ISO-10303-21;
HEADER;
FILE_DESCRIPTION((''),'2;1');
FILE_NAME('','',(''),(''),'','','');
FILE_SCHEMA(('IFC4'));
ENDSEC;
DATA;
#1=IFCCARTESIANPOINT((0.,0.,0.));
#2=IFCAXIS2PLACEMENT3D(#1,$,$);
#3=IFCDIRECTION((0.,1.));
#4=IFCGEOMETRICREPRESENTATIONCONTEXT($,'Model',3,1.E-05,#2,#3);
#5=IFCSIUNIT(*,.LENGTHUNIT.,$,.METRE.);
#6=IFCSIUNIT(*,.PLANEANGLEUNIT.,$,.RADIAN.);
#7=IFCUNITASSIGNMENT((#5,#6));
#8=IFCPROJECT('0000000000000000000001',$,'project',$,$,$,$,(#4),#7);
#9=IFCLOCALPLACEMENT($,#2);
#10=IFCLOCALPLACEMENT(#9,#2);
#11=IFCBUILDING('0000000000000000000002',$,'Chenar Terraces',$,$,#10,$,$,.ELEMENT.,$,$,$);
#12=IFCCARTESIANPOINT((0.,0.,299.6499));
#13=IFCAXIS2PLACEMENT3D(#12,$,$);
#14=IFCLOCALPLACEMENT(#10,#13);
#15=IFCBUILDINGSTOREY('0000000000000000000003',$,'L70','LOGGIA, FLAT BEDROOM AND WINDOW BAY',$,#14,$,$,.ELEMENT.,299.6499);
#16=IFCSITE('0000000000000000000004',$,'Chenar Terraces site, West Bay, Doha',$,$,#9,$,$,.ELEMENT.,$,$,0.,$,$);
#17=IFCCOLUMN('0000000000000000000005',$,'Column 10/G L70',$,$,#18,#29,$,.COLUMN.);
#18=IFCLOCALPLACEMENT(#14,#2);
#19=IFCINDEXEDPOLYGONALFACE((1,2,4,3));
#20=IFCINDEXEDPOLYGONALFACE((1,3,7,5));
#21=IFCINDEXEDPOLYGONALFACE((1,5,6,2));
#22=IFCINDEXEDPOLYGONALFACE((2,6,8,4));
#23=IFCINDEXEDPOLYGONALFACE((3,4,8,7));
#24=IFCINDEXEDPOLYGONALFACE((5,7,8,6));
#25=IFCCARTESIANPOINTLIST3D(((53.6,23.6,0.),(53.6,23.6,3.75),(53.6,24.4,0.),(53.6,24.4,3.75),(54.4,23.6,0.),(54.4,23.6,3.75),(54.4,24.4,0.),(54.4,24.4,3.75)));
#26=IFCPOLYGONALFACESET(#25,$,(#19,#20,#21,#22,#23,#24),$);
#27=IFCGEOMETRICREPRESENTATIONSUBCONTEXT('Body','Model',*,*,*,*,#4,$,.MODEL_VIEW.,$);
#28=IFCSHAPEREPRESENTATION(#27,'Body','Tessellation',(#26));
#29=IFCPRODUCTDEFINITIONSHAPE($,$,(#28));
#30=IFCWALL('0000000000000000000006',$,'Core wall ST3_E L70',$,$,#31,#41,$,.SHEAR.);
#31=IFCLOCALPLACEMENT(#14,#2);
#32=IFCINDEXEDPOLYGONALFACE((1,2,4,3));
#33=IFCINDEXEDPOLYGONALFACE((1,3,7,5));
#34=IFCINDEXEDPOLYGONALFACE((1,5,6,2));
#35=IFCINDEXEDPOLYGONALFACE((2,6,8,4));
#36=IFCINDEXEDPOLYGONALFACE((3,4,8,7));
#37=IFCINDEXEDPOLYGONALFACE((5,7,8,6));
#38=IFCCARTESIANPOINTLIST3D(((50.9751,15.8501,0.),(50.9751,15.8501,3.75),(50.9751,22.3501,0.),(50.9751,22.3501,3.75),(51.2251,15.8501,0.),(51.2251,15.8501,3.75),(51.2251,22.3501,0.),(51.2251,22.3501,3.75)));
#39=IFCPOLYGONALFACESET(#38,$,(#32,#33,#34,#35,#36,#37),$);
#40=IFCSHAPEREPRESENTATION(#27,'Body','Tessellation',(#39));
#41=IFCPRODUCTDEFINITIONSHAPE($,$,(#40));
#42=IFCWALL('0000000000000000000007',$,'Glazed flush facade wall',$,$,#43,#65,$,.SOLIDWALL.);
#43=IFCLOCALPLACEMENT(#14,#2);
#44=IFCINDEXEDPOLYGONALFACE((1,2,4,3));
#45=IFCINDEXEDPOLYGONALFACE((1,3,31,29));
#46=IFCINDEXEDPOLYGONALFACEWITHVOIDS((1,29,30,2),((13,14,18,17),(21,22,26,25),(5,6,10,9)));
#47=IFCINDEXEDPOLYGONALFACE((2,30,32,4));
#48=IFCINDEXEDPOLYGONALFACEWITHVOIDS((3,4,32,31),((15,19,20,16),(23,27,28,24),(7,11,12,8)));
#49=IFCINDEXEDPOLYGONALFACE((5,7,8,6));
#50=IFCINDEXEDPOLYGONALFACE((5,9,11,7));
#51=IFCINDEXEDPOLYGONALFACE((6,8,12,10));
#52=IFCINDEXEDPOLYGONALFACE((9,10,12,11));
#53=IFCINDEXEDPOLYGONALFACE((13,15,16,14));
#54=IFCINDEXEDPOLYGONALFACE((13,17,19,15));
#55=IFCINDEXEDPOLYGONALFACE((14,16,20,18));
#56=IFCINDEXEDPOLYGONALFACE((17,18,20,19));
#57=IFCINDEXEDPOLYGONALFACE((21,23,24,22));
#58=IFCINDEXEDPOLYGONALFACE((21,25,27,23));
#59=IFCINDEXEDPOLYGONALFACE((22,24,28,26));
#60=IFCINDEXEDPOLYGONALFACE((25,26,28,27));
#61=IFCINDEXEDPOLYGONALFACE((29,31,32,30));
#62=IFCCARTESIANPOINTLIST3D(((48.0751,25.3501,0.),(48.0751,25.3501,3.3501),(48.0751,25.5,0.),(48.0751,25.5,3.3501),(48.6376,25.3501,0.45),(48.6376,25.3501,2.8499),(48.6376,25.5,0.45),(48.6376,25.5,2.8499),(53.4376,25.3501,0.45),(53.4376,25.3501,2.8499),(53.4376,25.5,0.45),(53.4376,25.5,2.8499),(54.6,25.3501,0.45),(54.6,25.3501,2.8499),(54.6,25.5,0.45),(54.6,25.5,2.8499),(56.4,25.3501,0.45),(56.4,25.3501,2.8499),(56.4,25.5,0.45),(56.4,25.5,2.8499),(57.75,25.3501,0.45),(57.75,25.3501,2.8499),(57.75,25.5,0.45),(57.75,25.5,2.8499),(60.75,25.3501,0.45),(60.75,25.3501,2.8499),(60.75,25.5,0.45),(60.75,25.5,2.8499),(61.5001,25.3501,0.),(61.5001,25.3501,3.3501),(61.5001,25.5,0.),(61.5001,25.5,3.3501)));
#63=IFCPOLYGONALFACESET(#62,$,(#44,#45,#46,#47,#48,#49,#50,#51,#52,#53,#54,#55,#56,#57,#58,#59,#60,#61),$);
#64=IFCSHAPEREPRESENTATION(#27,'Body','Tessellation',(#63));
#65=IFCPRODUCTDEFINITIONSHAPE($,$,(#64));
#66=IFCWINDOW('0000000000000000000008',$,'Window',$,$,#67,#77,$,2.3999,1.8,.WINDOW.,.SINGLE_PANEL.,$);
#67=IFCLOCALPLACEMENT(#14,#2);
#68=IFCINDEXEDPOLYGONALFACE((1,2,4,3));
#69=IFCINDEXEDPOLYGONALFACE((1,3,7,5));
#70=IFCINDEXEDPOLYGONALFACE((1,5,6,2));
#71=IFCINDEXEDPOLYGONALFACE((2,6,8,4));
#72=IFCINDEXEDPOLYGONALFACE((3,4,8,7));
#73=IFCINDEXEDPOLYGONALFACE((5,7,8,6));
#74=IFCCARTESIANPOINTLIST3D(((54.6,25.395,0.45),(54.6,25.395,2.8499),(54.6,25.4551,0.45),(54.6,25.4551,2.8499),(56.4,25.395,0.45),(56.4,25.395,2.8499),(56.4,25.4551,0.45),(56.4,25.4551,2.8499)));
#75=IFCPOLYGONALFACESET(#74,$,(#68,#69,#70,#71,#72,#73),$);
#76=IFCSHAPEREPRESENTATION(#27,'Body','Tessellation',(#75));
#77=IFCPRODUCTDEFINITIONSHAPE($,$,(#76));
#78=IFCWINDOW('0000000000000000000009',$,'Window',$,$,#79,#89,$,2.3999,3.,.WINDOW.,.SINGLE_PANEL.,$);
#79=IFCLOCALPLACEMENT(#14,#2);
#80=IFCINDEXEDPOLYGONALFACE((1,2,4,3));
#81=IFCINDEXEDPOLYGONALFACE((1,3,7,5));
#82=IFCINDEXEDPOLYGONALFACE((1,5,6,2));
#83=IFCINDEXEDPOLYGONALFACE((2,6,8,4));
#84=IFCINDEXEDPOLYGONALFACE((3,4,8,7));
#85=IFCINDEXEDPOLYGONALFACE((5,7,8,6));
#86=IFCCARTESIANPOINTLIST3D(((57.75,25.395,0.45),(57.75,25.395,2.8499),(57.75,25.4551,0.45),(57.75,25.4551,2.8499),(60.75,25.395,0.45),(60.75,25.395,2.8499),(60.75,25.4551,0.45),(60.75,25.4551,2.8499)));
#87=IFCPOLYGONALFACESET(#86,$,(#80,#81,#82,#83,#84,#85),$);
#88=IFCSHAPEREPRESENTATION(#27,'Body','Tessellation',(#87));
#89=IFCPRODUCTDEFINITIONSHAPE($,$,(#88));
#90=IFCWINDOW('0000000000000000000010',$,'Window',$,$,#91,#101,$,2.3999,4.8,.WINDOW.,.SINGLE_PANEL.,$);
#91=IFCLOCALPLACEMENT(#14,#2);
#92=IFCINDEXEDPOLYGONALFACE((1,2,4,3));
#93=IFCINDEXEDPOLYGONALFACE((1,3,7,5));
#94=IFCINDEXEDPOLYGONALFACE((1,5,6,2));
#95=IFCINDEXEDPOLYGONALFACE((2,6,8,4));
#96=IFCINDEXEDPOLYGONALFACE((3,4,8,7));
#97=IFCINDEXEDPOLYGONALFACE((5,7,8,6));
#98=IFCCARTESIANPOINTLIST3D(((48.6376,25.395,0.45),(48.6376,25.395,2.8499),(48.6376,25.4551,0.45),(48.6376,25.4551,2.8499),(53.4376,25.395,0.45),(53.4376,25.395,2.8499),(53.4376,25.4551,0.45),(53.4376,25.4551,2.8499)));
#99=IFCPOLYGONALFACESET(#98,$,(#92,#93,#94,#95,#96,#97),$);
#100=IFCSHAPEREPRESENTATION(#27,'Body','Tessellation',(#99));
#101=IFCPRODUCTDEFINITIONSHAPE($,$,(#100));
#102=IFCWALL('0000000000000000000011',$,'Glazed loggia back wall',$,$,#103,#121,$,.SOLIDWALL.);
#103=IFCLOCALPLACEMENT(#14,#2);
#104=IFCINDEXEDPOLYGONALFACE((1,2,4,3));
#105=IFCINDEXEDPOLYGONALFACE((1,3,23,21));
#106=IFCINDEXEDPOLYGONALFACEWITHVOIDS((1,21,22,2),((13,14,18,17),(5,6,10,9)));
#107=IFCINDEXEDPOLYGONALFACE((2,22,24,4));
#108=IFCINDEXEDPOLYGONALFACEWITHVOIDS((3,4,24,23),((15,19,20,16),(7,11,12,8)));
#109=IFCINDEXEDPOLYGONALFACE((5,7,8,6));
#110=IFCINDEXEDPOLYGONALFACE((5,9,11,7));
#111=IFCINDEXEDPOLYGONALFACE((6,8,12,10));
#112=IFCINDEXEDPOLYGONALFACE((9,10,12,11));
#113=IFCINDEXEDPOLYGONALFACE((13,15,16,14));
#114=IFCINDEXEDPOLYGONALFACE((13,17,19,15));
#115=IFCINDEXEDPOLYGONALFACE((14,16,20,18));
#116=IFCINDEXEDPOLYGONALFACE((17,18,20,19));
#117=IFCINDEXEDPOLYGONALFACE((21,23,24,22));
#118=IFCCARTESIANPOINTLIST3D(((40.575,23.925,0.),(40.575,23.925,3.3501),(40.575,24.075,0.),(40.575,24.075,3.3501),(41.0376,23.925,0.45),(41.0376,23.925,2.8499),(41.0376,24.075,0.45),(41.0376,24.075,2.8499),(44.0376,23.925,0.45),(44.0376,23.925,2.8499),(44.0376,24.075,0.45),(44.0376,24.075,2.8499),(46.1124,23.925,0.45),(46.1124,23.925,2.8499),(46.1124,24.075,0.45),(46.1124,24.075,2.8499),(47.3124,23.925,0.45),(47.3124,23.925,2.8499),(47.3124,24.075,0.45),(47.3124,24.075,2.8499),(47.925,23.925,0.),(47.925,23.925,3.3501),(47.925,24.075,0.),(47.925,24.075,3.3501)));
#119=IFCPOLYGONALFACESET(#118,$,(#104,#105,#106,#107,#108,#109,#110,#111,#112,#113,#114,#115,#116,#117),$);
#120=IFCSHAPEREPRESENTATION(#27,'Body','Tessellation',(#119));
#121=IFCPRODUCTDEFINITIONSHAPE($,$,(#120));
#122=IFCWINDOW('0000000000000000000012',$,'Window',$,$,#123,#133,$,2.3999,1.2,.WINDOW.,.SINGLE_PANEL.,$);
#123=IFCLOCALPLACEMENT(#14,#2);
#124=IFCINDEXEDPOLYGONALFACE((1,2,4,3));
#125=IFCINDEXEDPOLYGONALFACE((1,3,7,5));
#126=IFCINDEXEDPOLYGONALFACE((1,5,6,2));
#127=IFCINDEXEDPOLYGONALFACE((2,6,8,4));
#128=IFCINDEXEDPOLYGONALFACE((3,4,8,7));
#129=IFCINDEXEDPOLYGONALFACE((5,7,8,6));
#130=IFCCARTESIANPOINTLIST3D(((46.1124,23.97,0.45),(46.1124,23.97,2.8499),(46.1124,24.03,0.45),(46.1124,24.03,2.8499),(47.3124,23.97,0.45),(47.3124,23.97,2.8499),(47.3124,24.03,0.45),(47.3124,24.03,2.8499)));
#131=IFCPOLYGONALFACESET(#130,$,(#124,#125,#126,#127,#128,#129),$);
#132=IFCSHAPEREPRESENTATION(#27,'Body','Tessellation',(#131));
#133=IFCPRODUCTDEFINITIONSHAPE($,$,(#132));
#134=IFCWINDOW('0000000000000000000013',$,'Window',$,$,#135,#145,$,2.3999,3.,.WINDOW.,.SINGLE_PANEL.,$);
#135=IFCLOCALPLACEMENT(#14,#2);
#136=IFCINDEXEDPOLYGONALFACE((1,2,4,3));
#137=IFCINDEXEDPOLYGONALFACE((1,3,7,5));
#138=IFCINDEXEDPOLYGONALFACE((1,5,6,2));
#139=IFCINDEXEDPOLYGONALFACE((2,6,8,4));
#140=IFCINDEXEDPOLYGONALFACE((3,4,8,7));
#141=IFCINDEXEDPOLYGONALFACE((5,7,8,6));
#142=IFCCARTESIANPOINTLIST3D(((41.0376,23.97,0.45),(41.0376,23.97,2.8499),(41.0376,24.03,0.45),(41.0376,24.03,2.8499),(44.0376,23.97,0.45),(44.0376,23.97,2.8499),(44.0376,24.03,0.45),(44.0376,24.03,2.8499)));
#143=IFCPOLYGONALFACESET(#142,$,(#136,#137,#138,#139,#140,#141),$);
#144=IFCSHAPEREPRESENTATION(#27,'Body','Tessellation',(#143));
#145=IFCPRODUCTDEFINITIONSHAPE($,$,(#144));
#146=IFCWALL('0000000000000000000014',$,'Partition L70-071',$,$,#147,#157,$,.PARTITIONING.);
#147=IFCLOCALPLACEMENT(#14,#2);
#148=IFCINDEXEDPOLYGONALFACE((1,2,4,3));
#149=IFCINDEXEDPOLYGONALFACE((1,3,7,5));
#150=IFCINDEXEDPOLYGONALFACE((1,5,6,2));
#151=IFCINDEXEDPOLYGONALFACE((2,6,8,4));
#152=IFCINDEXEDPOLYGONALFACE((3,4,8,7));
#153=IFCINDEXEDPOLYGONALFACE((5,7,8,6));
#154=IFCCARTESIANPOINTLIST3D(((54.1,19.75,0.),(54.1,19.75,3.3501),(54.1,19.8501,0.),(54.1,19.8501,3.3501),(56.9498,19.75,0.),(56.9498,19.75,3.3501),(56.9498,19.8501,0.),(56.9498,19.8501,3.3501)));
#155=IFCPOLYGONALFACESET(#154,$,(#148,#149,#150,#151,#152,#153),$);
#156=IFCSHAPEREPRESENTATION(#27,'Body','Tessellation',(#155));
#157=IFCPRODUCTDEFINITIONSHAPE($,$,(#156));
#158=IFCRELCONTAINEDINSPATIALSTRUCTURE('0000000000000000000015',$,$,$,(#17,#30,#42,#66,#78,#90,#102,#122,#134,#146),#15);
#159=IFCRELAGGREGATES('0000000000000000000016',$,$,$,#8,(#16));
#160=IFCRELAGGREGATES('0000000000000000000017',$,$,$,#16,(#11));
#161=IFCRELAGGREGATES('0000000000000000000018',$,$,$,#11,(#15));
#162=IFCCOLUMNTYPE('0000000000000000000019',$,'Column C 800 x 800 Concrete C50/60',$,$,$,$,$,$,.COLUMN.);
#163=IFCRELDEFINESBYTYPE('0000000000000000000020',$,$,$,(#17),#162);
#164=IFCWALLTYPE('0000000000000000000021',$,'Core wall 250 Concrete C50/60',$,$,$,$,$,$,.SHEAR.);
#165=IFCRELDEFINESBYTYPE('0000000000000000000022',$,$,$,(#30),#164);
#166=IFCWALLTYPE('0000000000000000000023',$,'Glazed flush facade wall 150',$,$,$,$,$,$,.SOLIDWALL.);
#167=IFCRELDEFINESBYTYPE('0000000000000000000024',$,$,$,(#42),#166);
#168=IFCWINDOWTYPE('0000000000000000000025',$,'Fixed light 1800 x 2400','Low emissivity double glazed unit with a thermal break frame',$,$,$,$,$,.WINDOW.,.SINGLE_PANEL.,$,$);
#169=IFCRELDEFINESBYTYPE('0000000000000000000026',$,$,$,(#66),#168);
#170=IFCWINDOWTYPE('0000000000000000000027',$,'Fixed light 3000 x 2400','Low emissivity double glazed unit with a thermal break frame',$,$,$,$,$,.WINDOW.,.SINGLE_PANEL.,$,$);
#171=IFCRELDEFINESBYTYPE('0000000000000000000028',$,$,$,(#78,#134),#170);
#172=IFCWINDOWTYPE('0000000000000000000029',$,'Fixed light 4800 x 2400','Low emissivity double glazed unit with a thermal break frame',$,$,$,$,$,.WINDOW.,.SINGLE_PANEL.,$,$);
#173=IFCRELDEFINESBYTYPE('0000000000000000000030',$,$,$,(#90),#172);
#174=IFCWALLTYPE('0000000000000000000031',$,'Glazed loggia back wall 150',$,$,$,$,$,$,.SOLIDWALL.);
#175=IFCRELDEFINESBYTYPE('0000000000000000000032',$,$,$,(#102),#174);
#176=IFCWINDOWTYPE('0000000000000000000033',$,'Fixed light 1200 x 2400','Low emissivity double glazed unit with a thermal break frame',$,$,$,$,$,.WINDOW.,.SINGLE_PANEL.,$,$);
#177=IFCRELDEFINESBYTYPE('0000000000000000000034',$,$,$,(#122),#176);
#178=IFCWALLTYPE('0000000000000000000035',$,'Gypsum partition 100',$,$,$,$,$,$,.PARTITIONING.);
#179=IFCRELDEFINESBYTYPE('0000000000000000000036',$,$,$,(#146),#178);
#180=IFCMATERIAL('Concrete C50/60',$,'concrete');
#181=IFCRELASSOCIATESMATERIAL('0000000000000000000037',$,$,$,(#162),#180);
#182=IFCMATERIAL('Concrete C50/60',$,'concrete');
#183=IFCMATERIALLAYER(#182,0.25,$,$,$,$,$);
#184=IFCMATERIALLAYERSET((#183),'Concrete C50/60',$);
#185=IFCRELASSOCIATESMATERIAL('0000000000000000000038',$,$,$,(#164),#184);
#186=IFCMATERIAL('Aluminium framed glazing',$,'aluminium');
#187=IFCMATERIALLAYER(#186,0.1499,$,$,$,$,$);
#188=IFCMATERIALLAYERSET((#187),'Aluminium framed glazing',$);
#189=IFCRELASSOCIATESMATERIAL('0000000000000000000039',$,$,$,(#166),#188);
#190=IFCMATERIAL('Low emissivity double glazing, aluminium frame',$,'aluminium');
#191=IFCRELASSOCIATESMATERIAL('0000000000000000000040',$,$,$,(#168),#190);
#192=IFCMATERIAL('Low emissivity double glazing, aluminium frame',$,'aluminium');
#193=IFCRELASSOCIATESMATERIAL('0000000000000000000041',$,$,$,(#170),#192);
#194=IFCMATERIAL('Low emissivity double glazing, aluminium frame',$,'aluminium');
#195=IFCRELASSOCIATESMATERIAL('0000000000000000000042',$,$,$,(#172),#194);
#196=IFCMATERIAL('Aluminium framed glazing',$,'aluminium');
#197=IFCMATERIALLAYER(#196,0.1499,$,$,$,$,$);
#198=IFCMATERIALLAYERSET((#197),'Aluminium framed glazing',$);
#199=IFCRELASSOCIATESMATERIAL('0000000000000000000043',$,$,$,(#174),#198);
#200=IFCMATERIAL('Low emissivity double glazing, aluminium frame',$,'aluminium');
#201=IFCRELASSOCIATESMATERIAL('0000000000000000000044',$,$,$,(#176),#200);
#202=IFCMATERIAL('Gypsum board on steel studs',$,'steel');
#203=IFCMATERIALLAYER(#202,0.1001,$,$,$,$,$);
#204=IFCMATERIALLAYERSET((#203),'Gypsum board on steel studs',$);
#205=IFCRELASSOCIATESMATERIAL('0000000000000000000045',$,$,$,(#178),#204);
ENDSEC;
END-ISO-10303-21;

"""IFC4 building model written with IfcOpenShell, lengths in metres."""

from ifc_helpers import new_model, si_unit, direction, frame, frame_2d, origin, origin_2d, place, context, subcontext, project, spatial, rectangle, extrude, material, layer, layer_set, material_profile, profile_set, type_object, element, fill, save


model = new_model("IFC4")

# Units and contexts
model_context = context("Model", 3, precision=1e-05, world=origin(), true_north=direction((0.0, 1.0)))
body_context = subcontext(model_context, "Body", "Model", "MODEL_VIEW")
ifc_project = project(units=[si_unit("LENGTHUNIT", "METRE"), si_unit("PLANEANGLEUNIT", "RADIAN")], contexts=[model_context])

# Site, building, storey
site_placement = place(None, origin())
site = spatial("IfcSite", under=ifc_project, at=site_placement, Name="Chenar Terraces site, West Bay, Doha", CompositionType="ELEMENT", RefElevation=0.0)
building_placement = place(site_placement, origin())
building = spatial("IfcBuilding", under=site, at=building_placement, Name="Chenar Terraces", CompositionType="ELEMENT")
storey_placement = place(building_placement, frame((0.0, 0.0, 299.6499)))
storey = spatial("IfcBuildingStorey", under=building, at=storey_placement, Name="L70", Description="LOGGIA, FLAT BEDROOM AND WINDOW BAY", CompositionType="ELEMENT", Elevation=299.6499)

# Column
ifc_material_1 = material(Name="Concrete C50/60", Category="concrete")
ifc_material_profile = material_profile(ifc_material_1, rectangle(XDim=0.8, YDim=0.8, at=origin_2d()), Name="C 800 x 800")
ifc_profile_set = profile_set([ifc_material_profile], Name="Concrete C50/60")
column_type = type_object("IfcColumnType", Name="Column C 800 x 800 Concrete C50/60", PredefinedType="COLUMN", material=ifc_profile_set)
column_placement = place(storey_placement, frame((54.0, 24.0, 0.0), z_axis=(0.0, 0.0, 1.0), x_axis=(1.0, 0.0, 0.0)))
element("IfcColumn", 1, at=column_placement, inside=storey, type_object=column_type, Name="Column 10/G L70", PredefinedType="COLUMN", context=body_context, shape_type="SweptSolid", body=[
    extrude(rectangle(XDim=0.8, YDim=0.8, at=origin_2d()), origin(), (0.0, 0.0, 1.0), 3.75),
])

# Wall
ifc_material_2 = material(Name="Concrete C50/60", Category="concrete")
ifc_layer_1 = layer(ifc_material_2, 0.25)
ifc_layer_set_1 = layer_set([ifc_layer_1], Name="Concrete C50/60")
wall_type_1 = type_object("IfcWallType", Name="Core wall 250 Concrete C50/60", PredefinedType="SHEAR", material=ifc_layer_set_1)
wall_1_placement = place(storey_placement, frame((51.1001, 15.8501, 0.0), z_axis=(0.0, 0.0, 1.0), x_axis=(0.0, 1.0, 0.0)))
element("IfcWall", 2, at=wall_1_placement, inside=storey, type_object=wall_type_1, Name="Core wall ST3_E L70", PredefinedType="SHEAR", context=body_context, shape_type="SweptSolid", body=[
    extrude(rectangle(XDim=6.5, YDim=0.25, at=frame_2d((3.25, 0.0))), origin(), (0.0, 0.0, 1.0), 3.75),
])

# Walls, openings, windows
ifc_material_3 = material(Name="Aluminium framed glazing", Category="aluminium")
ifc_layer_2 = layer(ifc_material_3, 0.1499)
ifc_layer_set_2 = layer_set([ifc_layer_2], Name="Aluminium framed glazing")
wall_type_2 = type_object("IfcWallType", Name="Glazed flush facade wall 150", PredefinedType="SOLIDWALL", material=ifc_layer_set_2)
wall_2_placement = place(storey_placement, frame((61.5, 25.425, 0.0), z_axis=(0.0, 0.0, 1.0), x_axis=(-1.0, 0.0, 0.0)))
wall_2 = element("IfcWall", 3, at=wall_2_placement, inside=storey, type_object=wall_type_2, Name="Glazed flush facade wall", PredefinedType="SOLIDWALL", context=body_context, shape_type="SweptSolid", body=[
    extrude(rectangle(XDim=13.425, YDim=0.1499, at=frame_2d((6.7124, 0.0))), origin(), (0.0, 0.0, 1.0), 3.3501),
])
opening_1_placement = place(wall_2_placement, frame((0.75, 0.0, 0.45)))
opening_1 = element("IfcOpeningElement", 4, at=opening_1_placement, cuts=wall_2, PredefinedType="OPENING", context=body_context, shape_type="SweptSolid", body=[
    extrude(rectangle(XDim=3.0, YDim=2.3999, at=frame_2d((1.5, 1.2))), frame((0.0, 0.085, 0.0), z_axis=(0.0, -1.0, 0.0), x_axis=(1.0, 0.0, 0.0)), (0.0, 0.0, 1.0), 0.1699),
])
opening_2_placement = place(wall_2_placement, frame((5.1001, 0.0, 0.45)))
opening_2 = element("IfcOpeningElement", 5, at=opening_2_placement, cuts=wall_2, PredefinedType="OPENING", context=body_context, shape_type="SweptSolid", body=[
    extrude(rectangle(XDim=1.8, YDim=2.3999, at=frame_2d((0.8999, 1.2))), frame((0.0, 0.085, 0.0), z_axis=(0.0, -1.0, 0.0), x_axis=(1.0, 0.0, 0.0)), (0.0, 0.0, 1.0), 0.1699),
])
opening_3_placement = place(wall_2_placement, frame((8.0625, 0.0, 0.45)))
opening_3 = element("IfcOpeningElement", 6, at=opening_3_placement, cuts=wall_2, PredefinedType="OPENING", context=body_context, shape_type="SweptSolid", body=[
    extrude(rectangle(XDim=4.8, YDim=2.3999, at=frame_2d((2.3999, 1.2))), frame((0.0, 0.085, 0.0), z_axis=(0.0, -1.0, 0.0), x_axis=(1.0, 0.0, 0.0)), (0.0, 0.0, 1.0), 0.1699),
])
ifc_material_4 = material(Name="Low emissivity double glazing, aluminium frame", Category="aluminium")
window_type_1 = type_object("IfcWindowType", Name="Fixed light 1800 x 2400", Description="Low emissivity double glazed unit with a thermal break frame", PartitioningType="SINGLE_PANEL", PredefinedType="WINDOW", material=ifc_material_4)
window_1_placement = place(opening_2_placement, origin())
window_1 = element("IfcWindow", 7, at=window_1_placement, inside=storey, type_object=window_type_1, Name="Window", OverallHeight=2.3999, OverallWidth=1.8, PartitioningType="SINGLE_PANEL", PredefinedType="WINDOW", context=body_context, shape_type="SweptSolid", body=[
    extrude(rectangle(XDim=1.8, YDim=2.3999, at=frame_2d((0.8999, 1.2))), frame((0.0, 0.03, 0.0), z_axis=(0.0, -1.0, 0.0), x_axis=(1.0, 0.0, 0.0)), (0.0, 0.0, 1.0), 0.0601),
])
fill(opening_2, window_1)
ifc_material_5 = material(Name="Low emissivity double glazing, aluminium frame", Category="aluminium")
window_type_2 = type_object("IfcWindowType", Name="Fixed light 3000 x 2400", Description="Low emissivity double glazed unit with a thermal break frame", PartitioningType="SINGLE_PANEL", PredefinedType="WINDOW", material=ifc_material_5)
window_2_placement = place(opening_1_placement, origin())
window_2 = element("IfcWindow", 8, at=window_2_placement, inside=storey, type_object=window_type_2, Name="Window", OverallHeight=2.3999, OverallWidth=3.0, PartitioningType="SINGLE_PANEL", PredefinedType="WINDOW", context=body_context, shape_type="SweptSolid", body=[
    extrude(rectangle(XDim=3.0, YDim=2.3999, at=frame_2d((1.5, 1.2))), frame((0.0, 0.03, 0.0), z_axis=(0.0, -1.0, 0.0), x_axis=(1.0, 0.0, 0.0)), (0.0, 0.0, 1.0), 0.0601),
])
fill(opening_1, window_2)
ifc_material_6 = material(Name="Low emissivity double glazing, aluminium frame", Category="aluminium")
window_type_3 = type_object("IfcWindowType", Name="Fixed light 4800 x 2400", Description="Low emissivity double glazed unit with a thermal break frame", PartitioningType="SINGLE_PANEL", PredefinedType="WINDOW", material=ifc_material_6)
window_3_placement = place(opening_3_placement, origin())
window_3 = element("IfcWindow", 9, at=window_3_placement, inside=storey, type_object=window_type_3, Name="Window", OverallHeight=2.3999, OverallWidth=4.8, PartitioningType="SINGLE_PANEL", PredefinedType="WINDOW", context=body_context, shape_type="SweptSolid", body=[
    extrude(rectangle(XDim=4.8, YDim=2.3999, at=frame_2d((2.3999, 1.2))), frame((0.0, 0.03, 0.0), z_axis=(0.0, -1.0, 0.0), x_axis=(1.0, 0.0, 0.0)), (0.0, 0.0, 1.0), 0.0601),
])
fill(opening_3, window_3)
ifc_material_7 = material(Name="Aluminium framed glazing", Category="aluminium")
ifc_layer_3 = layer(ifc_material_7, 0.1499)
ifc_layer_set_3 = layer_set([ifc_layer_3], Name="Aluminium framed glazing")
wall_type_3 = type_object("IfcWallType", Name="Glazed loggia back wall 150", PredefinedType="SOLIDWALL", material=ifc_layer_set_3)
wall_3_placement = place(storey_placement, frame((47.925, 24.0, 0.0), z_axis=(0.0, 0.0, 1.0), x_axis=(-1.0, 0.0, 0.0)))
wall_3 = element("IfcWall", 10, at=wall_3_placement, inside=storey, type_object=wall_type_3, Name="Glazed loggia back wall", PredefinedType="SOLIDWALL", context=body_context, shape_type="SweptSolid", body=[
    extrude(rectangle(XDim=7.3501, YDim=0.1499, at=frame_2d((3.675, 0.0))), origin(), (0.0, 0.0, 1.0), 3.3501),
])
opening_4_placement = place(wall_3_placement, frame((0.6125, 0.0, 0.45)))
opening_4 = element("IfcOpeningElement", 11, at=opening_4_placement, cuts=wall_3, PredefinedType="OPENING", context=body_context, shape_type="SweptSolid", body=[
    extrude(rectangle(XDim=1.2, YDim=2.3999, at=frame_2d((0.6001, 1.2))), frame((0.0, 0.085, 0.0), z_axis=(0.0, -1.0, 0.0), x_axis=(1.0, 0.0, 0.0)), (0.0, 0.0, 1.0), 0.1699),
])
opening_5_placement = place(wall_3_placement, frame((3.8875, 0.0, 0.45)))
opening_5 = element("IfcOpeningElement", 12, at=opening_5_placement, cuts=wall_3, PredefinedType="OPENING", context=body_context, shape_type="SweptSolid", body=[
    extrude(rectangle(XDim=3.0, YDim=2.3999, at=frame_2d((1.5, 1.2))), frame((0.0, 0.085, 0.0), z_axis=(0.0, -1.0, 0.0), x_axis=(1.0, 0.0, 0.0)), (0.0, 0.0, 1.0), 0.1699),
])
ifc_material_8 = material(Name="Low emissivity double glazing, aluminium frame", Category="aluminium")
window_type_4 = type_object("IfcWindowType", Name="Fixed light 1200 x 2400", Description="Low emissivity double glazed unit with a thermal break frame", PartitioningType="SINGLE_PANEL", PredefinedType="WINDOW", material=ifc_material_8)
window_4_placement = place(opening_4_placement, origin())
window_4 = element("IfcWindow", 13, at=window_4_placement, inside=storey, type_object=window_type_4, Name="Window", OverallHeight=2.3999, OverallWidth=1.2, PartitioningType="SINGLE_PANEL", PredefinedType="WINDOW", context=body_context, shape_type="SweptSolid", body=[
    extrude(rectangle(XDim=1.2, YDim=2.3999, at=frame_2d((0.6001, 1.2))), frame((0.0, 0.03, 0.0), z_axis=(0.0, -1.0, 0.0), x_axis=(1.0, 0.0, 0.0)), (0.0, 0.0, 1.0), 0.0601),
])
fill(opening_4, window_4)
window_5_placement = place(opening_5_placement, origin())
window_5 = element("IfcWindow", 14, at=window_5_placement, inside=storey, type_object=window_type_2, Name="Window", OverallHeight=2.3999, OverallWidth=3.0, PartitioningType="SINGLE_PANEL", PredefinedType="WINDOW", context=body_context, shape_type="SweptSolid", body=[
    extrude(rectangle(XDim=3.0, YDim=2.3999, at=frame_2d((1.5, 1.2))), frame((0.0, 0.03, 0.0), z_axis=(0.0, -1.0, 0.0), x_axis=(1.0, 0.0, 0.0)), (0.0, 0.0, 1.0), 0.0601),
])
fill(opening_5, window_5)

# Wall
ifc_material_9 = material(Name="Gypsum board on steel studs", Category="steel")
ifc_layer_4 = layer(ifc_material_9, 0.1001)
ifc_layer_set_4 = layer_set([ifc_layer_4], Name="Gypsum board on steel studs")
wall_type_4 = type_object("IfcWallType", Name="Gypsum partition 100", PredefinedType="PARTITIONING", material=ifc_layer_set_4)
wall_4_placement = place(storey_placement, frame((54.1001, 19.8, 0.0), z_axis=(0.0, 0.0, 1.0), x_axis=(1.0, 0.0, 0.0)))
element("IfcWall", 15, at=wall_4_placement, inside=storey, type_object=wall_type_4, Name="Partition L70-071", PredefinedType="PARTITIONING", context=body_context, shape_type="SweptSolid", body=[
    extrude(rectangle(XDim=2.8499, YDim=0.1001, at=frame_2d((1.4248, 0.0))), origin(), (0.0, 0.0, 1.0), 3.3501),
])

save(model, "model.ifc")
